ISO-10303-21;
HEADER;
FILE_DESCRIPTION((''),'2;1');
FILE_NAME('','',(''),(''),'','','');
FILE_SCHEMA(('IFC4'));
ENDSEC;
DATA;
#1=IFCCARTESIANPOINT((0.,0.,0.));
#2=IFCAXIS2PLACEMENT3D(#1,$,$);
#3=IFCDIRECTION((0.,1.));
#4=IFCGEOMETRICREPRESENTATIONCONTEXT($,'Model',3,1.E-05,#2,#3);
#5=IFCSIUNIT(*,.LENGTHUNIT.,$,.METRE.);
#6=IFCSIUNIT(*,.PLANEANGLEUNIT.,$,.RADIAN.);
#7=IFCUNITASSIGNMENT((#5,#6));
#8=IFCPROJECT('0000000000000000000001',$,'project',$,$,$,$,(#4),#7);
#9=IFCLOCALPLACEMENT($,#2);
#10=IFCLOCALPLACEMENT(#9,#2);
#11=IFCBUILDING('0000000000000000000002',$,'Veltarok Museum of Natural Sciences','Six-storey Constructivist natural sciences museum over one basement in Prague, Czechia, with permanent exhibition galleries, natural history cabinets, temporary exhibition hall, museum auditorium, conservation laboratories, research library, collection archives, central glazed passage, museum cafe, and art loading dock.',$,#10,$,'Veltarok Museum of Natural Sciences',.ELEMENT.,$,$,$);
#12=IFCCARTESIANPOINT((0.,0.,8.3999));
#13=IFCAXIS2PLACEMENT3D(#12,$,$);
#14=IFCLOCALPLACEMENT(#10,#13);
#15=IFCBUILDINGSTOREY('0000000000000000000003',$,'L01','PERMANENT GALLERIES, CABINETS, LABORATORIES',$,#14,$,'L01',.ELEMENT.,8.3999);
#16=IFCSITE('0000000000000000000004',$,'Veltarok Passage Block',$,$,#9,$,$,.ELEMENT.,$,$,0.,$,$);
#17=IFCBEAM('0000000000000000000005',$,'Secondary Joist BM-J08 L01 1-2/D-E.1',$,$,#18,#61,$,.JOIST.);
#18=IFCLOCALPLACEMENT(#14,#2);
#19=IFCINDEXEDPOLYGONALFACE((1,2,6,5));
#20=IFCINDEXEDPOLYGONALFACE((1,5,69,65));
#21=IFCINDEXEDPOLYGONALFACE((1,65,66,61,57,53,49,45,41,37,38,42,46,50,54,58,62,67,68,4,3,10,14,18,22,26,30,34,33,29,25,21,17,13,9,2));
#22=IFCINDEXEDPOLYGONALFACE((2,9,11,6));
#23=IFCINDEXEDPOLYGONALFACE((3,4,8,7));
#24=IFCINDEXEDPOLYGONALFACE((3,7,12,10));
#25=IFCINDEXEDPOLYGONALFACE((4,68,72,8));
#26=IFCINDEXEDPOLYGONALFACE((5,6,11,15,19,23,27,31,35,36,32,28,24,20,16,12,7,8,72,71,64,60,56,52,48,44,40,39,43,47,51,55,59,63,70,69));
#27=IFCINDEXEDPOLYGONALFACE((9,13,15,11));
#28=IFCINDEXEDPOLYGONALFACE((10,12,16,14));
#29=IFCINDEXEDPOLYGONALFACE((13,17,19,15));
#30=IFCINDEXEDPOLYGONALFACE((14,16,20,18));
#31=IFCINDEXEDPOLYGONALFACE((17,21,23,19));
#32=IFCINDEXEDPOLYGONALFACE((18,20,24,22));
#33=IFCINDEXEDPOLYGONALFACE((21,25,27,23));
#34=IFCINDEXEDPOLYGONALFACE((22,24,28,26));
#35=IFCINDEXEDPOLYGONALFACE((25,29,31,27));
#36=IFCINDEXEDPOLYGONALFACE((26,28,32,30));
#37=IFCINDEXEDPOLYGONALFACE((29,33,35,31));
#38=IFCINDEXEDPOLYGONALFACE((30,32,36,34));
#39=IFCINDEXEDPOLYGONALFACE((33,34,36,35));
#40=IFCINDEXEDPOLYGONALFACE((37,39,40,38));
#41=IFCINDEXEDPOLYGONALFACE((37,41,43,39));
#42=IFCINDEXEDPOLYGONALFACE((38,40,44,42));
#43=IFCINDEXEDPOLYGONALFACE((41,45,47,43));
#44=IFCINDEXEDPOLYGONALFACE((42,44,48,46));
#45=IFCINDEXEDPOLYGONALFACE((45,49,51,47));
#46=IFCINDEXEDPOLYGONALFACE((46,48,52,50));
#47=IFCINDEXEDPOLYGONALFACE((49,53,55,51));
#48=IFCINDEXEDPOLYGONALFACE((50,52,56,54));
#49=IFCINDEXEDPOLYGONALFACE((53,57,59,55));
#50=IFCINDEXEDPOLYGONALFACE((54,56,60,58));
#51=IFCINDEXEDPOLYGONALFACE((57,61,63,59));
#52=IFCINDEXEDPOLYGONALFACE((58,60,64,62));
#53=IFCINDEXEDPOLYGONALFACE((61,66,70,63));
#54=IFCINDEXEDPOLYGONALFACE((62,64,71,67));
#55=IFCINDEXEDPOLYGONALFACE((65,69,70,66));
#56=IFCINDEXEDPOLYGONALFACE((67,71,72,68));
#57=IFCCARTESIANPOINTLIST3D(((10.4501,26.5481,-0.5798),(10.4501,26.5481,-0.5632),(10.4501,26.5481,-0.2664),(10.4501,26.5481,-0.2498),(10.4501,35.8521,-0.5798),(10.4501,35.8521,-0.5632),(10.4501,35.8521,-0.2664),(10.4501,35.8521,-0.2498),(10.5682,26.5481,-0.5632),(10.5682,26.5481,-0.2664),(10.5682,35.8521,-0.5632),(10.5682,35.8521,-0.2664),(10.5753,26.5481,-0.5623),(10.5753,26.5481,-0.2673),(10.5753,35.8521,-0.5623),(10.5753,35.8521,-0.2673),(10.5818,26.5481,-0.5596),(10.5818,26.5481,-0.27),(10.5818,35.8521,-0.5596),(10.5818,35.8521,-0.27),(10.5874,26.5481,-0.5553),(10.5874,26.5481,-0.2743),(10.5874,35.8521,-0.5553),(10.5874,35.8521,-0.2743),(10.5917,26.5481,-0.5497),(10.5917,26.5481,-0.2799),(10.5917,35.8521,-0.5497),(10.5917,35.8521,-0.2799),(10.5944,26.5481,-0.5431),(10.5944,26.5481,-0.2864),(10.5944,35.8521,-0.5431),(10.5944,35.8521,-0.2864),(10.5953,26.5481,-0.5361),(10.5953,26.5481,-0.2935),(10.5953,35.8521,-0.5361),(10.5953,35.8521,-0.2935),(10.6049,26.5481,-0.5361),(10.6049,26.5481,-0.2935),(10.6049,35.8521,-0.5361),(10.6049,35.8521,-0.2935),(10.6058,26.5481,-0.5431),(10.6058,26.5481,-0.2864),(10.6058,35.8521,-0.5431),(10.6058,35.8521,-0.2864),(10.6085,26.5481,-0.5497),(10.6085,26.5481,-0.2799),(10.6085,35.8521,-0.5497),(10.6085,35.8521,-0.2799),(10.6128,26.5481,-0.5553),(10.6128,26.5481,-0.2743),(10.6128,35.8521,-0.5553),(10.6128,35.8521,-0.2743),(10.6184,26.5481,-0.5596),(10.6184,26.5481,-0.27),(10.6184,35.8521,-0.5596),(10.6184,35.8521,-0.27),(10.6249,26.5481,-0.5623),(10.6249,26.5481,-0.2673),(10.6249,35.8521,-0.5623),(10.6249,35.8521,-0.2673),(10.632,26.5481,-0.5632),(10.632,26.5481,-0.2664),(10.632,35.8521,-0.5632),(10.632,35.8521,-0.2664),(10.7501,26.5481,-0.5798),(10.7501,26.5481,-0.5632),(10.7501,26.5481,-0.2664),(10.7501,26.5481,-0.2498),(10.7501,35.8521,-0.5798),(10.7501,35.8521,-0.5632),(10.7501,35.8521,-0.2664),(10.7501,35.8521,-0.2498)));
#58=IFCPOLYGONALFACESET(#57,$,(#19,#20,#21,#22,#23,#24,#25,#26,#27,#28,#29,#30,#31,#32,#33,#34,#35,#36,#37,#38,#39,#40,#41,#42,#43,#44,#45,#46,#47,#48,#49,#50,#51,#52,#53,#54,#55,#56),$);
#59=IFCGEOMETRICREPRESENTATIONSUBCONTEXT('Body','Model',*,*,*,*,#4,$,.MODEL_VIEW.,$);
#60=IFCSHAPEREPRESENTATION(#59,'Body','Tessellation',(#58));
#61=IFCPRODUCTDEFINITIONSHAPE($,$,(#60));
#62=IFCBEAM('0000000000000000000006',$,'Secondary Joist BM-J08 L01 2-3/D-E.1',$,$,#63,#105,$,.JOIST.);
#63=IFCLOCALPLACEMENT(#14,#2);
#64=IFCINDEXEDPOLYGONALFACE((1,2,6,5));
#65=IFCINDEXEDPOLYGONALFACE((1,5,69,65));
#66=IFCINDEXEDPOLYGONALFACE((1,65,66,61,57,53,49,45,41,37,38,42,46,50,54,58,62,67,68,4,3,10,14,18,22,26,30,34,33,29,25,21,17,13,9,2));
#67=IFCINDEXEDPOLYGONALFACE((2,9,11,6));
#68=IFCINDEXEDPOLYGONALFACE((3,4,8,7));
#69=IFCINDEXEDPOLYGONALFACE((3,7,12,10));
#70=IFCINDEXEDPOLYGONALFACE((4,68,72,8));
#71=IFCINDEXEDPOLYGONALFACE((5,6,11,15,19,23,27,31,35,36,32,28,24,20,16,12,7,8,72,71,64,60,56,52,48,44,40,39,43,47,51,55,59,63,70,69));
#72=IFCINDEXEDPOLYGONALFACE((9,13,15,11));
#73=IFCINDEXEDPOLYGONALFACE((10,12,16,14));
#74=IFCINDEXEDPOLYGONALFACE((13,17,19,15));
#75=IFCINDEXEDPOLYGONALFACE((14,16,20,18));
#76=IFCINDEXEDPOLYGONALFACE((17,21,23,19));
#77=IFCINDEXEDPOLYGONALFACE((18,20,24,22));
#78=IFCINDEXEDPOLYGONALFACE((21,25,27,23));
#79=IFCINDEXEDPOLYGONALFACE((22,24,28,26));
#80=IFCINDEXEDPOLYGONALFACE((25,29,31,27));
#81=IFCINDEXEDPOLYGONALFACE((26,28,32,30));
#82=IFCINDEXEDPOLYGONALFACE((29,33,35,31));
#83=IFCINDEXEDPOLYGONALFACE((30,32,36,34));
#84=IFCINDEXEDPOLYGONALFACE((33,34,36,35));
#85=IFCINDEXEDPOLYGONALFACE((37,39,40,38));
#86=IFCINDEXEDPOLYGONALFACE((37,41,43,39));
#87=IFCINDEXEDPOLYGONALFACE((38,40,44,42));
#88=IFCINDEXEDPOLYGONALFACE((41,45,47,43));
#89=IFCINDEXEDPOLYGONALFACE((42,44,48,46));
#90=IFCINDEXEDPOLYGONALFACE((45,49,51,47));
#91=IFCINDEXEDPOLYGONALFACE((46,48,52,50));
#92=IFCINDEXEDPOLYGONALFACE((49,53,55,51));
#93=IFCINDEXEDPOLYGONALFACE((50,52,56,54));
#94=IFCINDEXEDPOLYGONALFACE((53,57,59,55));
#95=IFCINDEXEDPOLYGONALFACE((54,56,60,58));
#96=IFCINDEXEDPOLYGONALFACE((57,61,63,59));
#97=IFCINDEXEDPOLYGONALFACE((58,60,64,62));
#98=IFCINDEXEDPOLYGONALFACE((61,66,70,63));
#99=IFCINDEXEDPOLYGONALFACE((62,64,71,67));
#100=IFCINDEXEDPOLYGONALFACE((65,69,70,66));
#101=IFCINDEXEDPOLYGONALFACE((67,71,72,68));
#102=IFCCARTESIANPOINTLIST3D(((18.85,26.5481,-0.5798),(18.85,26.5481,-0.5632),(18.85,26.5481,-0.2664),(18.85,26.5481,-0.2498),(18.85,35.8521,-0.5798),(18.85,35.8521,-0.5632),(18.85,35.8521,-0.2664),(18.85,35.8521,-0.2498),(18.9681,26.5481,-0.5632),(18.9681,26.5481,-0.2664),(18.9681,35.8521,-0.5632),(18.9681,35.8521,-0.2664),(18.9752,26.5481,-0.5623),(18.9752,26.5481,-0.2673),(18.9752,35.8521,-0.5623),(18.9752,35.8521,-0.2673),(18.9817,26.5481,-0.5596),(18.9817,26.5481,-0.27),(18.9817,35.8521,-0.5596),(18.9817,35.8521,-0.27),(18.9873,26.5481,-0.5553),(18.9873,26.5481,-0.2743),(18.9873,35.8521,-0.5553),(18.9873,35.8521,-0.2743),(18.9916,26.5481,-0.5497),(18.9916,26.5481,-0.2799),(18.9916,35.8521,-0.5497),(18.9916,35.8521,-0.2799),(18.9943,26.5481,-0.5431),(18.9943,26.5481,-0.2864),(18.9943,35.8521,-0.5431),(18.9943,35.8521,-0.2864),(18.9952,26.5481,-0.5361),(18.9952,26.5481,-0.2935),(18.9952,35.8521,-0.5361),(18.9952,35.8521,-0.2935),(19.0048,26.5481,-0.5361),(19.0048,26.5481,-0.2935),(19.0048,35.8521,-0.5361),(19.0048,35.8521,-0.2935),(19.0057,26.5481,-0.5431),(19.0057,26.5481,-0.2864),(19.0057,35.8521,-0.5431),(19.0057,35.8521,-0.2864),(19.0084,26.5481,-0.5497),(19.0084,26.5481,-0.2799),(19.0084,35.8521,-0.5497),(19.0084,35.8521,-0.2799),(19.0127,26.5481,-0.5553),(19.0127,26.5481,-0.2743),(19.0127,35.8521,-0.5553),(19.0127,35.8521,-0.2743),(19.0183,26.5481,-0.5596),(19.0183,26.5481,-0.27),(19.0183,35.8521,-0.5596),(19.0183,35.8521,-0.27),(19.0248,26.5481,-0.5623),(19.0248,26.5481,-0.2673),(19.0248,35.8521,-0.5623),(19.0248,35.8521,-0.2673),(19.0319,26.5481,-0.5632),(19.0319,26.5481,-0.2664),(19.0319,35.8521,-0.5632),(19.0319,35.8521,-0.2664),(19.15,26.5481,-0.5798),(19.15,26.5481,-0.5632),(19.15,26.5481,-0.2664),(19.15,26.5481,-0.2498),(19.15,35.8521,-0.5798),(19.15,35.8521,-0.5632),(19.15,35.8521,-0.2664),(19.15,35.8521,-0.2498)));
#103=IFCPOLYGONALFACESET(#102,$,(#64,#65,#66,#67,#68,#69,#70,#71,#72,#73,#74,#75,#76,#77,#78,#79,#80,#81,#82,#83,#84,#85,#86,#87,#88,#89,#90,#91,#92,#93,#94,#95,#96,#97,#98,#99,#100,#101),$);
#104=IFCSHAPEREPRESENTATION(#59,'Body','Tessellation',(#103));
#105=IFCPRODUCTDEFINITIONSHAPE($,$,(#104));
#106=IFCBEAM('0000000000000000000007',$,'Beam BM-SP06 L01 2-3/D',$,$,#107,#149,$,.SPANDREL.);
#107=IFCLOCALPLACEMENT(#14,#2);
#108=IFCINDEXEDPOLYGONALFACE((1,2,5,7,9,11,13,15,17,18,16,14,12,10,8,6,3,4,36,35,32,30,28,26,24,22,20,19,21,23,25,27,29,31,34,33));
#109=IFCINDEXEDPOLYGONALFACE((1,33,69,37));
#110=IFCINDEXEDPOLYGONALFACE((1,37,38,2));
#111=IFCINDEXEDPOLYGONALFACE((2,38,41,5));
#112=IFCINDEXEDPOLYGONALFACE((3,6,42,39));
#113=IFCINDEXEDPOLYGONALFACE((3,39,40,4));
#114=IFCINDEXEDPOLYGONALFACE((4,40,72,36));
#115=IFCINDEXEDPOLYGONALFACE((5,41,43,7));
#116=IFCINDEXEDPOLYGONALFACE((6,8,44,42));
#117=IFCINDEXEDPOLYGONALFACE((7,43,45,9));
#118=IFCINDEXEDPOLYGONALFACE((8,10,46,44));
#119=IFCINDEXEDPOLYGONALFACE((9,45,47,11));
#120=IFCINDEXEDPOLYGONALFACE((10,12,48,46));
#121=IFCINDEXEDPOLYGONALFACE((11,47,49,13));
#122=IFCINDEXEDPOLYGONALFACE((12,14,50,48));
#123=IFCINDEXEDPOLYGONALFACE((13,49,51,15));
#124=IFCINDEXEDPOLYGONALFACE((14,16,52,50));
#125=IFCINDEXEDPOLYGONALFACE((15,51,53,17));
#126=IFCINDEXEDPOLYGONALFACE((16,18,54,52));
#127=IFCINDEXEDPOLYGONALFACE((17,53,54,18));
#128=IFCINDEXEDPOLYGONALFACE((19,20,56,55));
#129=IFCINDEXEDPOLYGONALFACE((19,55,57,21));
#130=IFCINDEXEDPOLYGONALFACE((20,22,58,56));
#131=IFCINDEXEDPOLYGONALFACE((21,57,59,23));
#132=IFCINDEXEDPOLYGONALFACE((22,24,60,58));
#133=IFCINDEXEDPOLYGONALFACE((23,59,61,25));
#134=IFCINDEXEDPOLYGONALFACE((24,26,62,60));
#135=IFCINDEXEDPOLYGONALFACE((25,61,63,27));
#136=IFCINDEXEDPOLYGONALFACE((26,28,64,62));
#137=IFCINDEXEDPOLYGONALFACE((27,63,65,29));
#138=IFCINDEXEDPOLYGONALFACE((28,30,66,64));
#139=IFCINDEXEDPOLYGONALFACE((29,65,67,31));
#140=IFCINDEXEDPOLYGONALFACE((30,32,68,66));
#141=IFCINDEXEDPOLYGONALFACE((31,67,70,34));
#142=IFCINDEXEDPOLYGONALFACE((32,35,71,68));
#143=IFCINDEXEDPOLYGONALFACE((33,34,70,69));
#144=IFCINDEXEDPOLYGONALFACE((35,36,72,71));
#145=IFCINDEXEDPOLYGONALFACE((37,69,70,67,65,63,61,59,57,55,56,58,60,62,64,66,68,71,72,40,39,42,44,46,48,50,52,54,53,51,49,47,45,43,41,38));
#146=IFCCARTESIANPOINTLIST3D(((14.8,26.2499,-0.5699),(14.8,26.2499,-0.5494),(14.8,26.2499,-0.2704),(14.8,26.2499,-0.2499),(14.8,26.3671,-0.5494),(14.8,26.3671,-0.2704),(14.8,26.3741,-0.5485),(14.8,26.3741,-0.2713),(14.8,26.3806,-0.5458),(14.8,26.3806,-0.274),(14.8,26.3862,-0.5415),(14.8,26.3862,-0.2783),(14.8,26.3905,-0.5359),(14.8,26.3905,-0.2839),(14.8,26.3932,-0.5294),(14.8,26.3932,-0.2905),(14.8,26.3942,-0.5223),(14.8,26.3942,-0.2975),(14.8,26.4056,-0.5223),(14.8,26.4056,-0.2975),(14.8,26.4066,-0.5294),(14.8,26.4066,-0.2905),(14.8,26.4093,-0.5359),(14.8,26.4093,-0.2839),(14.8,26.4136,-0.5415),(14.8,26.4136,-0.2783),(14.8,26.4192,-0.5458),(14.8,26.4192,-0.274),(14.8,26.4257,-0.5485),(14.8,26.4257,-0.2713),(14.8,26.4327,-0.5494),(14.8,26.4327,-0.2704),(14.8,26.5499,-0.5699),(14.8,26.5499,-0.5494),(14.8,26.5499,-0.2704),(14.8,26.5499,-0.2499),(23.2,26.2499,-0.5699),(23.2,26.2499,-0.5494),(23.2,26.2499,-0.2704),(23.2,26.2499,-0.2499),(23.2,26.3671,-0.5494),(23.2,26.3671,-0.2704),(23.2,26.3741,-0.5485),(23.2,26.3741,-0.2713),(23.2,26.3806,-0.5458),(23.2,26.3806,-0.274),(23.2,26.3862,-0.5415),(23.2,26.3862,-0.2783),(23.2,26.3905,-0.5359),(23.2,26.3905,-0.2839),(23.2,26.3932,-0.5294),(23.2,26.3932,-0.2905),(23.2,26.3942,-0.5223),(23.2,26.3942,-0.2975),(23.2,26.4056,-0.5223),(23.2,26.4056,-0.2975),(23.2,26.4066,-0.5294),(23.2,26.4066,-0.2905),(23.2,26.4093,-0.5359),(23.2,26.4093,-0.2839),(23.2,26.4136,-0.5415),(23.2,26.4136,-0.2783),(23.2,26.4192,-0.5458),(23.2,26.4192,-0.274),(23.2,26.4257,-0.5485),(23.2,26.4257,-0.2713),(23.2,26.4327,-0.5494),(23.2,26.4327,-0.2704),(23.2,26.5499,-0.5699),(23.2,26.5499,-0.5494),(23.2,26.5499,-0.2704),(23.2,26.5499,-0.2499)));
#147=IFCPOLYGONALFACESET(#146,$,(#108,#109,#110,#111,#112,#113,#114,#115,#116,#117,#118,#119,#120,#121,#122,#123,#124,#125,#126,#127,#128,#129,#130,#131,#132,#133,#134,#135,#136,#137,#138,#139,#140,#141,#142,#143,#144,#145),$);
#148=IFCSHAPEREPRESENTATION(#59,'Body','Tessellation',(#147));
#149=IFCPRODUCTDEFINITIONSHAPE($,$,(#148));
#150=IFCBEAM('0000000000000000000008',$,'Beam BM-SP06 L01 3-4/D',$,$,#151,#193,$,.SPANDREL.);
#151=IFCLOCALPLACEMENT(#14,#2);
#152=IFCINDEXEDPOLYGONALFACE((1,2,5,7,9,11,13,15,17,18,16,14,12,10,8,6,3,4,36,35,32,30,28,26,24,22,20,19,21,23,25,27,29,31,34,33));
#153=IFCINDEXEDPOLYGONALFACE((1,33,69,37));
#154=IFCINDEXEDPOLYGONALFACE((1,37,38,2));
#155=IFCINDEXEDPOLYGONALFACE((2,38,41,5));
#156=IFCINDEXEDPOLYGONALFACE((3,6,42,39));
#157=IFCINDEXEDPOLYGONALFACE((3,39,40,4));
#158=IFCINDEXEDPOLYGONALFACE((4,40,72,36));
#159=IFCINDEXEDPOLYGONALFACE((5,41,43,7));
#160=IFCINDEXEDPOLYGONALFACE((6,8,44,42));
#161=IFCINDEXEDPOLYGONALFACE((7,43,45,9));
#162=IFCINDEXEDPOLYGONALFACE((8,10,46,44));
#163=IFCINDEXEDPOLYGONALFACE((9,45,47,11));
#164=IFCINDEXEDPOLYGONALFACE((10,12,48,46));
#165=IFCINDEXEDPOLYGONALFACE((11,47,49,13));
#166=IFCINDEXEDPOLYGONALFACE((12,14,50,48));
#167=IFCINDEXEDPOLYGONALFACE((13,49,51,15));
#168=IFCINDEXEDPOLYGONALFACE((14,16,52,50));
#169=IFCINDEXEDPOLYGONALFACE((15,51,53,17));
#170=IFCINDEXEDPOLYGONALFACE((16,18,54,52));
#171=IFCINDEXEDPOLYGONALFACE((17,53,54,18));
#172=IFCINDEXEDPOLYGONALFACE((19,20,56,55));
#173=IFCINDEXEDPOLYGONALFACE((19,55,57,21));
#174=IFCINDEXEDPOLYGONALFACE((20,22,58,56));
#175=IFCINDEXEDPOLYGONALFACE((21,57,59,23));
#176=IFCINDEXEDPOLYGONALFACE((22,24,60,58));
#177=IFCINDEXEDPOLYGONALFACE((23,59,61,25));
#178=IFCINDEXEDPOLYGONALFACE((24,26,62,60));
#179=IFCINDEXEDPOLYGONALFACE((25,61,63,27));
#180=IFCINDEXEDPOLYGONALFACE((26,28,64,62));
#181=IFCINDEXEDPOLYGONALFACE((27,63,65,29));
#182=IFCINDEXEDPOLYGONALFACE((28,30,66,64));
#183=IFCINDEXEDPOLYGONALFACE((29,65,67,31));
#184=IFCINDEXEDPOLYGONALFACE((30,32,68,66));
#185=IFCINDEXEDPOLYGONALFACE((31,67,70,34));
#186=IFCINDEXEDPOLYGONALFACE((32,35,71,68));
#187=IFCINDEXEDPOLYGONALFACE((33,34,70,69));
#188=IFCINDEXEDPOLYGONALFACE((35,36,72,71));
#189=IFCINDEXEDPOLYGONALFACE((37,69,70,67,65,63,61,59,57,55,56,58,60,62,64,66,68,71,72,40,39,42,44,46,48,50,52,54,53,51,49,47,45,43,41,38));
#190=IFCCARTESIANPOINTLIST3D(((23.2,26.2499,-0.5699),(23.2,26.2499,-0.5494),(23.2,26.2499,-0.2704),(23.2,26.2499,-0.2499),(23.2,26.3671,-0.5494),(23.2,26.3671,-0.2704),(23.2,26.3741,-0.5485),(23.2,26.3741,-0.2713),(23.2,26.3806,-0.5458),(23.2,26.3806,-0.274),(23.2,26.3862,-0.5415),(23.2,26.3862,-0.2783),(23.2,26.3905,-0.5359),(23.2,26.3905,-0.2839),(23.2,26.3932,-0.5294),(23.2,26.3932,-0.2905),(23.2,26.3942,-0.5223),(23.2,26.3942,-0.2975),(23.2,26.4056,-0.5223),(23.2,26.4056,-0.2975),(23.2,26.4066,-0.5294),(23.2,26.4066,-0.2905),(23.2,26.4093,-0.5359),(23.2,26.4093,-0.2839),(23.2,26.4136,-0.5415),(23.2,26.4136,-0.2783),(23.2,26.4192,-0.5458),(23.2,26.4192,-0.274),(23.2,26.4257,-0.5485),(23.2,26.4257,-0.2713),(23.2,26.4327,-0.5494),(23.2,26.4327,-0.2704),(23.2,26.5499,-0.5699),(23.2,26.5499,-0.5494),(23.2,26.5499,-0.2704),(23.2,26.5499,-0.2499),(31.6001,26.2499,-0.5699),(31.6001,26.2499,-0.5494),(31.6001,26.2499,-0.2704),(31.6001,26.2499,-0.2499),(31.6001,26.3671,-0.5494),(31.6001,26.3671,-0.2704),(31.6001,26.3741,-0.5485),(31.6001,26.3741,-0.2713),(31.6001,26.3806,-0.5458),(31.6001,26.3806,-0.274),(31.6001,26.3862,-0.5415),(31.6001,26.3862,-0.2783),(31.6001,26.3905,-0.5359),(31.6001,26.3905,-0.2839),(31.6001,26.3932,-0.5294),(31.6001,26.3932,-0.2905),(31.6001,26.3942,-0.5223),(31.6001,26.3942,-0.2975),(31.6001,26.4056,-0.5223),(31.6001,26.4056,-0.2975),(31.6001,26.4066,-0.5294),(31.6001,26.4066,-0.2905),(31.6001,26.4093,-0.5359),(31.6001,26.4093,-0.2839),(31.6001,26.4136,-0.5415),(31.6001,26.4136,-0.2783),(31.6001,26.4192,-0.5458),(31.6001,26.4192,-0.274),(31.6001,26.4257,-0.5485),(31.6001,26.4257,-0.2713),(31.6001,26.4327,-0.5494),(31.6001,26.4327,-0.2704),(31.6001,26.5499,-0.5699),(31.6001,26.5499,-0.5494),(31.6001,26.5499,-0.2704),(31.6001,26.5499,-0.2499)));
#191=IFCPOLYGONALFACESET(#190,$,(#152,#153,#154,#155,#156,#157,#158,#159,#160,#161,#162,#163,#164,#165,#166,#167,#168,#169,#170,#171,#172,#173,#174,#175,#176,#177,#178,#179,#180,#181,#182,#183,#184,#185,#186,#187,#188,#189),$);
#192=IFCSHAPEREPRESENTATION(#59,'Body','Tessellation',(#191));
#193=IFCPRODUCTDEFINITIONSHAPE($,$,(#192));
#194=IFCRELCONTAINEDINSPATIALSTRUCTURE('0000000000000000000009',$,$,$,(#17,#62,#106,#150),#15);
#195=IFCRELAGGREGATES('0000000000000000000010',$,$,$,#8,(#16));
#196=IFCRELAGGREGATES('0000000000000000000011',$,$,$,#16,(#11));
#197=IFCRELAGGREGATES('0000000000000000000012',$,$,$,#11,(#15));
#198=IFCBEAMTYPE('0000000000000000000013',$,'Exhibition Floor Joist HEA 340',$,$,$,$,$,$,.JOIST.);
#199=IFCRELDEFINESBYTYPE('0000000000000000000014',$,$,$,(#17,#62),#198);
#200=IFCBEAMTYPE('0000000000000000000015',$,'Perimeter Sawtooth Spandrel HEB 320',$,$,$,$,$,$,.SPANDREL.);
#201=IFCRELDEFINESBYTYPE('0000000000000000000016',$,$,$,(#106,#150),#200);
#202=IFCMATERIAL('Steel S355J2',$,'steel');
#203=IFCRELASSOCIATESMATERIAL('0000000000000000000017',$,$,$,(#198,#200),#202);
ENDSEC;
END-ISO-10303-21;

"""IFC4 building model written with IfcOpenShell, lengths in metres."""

from ifc_helpers import new_model, si_unit, direction, frame, origin, origin_2d, place, context, subcontext, project, spatial, i_section, extrude, material, material_profile, profile_set, type_object, element, save


model = new_model("IFC4")

# Units and contexts
model_context = context("Model", 3, precision=1e-05, world=origin(), true_north=direction((0.0, 1.0)))
body_context = subcontext(model_context, "Body", "Model", "MODEL_VIEW")
ifc_project = project(units=[si_unit("LENGTHUNIT", "METRE"), si_unit("PLANEANGLEUNIT", "RADIAN")], contexts=[model_context])

# Site, building, storey
site_placement = place(None, origin())
site = spatial("IfcSite", under=ifc_project, at=site_placement, Name="Veltarok Passage Block", CompositionType="ELEMENT", RefElevation=0.0)
building_placement = place(site_placement, origin())
building = spatial("IfcBuilding", under=site, at=building_placement, Name="Veltarok Museum of Natural Sciences", Description="Six-storey Constructivist natural sciences museum over one basement in Prague, Czechia, with permanent exhibition galleries, natural history cabinets, temporary exhibition hall, museum auditorium, conservation laboratories, research library, collection archives, central glazed passage, museum cafe, and art loading dock.", LongName="Veltarok Museum of Natural Sciences", CompositionType="ELEMENT")
storey_placement = place(building_placement, frame((0.0, 0.0, 8.3999)))
storey = spatial("IfcBuildingStorey", under=building, at=storey_placement, Name="L01", Description="PERMANENT GALLERIES, CABINETS, LABORATORIES", LongName="L01", CompositionType="ELEMENT", Elevation=8.3999)

# Shared definitions
ifc_material_1 = material(Name="Steel S355J2", Category="steel")

# Beams
ifc_material_profile_1 = material_profile(ifc_material_1, i_section(OverallWidth=0.3, OverallDepth=0.3301, WebThickness=0.0095, FlangeThickness=0.0166, FilletRadius=0.0271, at=origin_2d()), Name="HEA 340")
ifc_profile_set_1 = profile_set([ifc_material_profile_1], Name="Steel S355J2")
beam_type_1 = type_object("IfcBeamType", Name="Exhibition Floor Joist HEA 340", PredefinedType="JOIST", material=ifc_profile_set_1)
for number, where, z_axis, x_axis, name in (
    (1, (10.6001, 26.5481, -0.4148), (0.0, 1.0, 0.0), (-1.0, 0.0, 0.0), "Secondary Joist BM-J08 L01 1-2/D-E.1"),
    (2, (19.0, 26.5481, -0.4148), (0.0, 1.0, 0.0), (-1.0, 0.0, 0.0), "Secondary Joist BM-J08 L01 2-3/D-E.1"),
):
    element("IfcBeam", number, at=place(storey_placement, frame(where, z_axis=z_axis, x_axis=x_axis)), inside=storey, type_object=beam_type_1, Name=name, PredefinedType="JOIST", context=body_context, shape_type="SweptSolid", body=[
        extrude(i_section(OverallWidth=0.3, OverallDepth=0.3301, WebThickness=0.0095, FlangeThickness=0.0166, FilletRadius=0.0271, at=origin_2d()), origin(), (0.0, 0.0, 1.0), 9.304),
    ])
ifc_material_profile_2 = material_profile(ifc_material_1, i_section(OverallWidth=0.3, OverallDepth=0.3201, WebThickness=0.0115, FlangeThickness=0.0205, FilletRadius=0.0271, at=origin_2d()), Name="HEB 320")
ifc_profile_set_2 = profile_set([ifc_material_profile_2], Name="Steel S355J2")
beam_type_2 = type_object("IfcBeamType", Name="Perimeter Sawtooth Spandrel HEB 320", PredefinedType="SPANDREL", material=ifc_profile_set_2)
beam_1_placement = place(storey_placement, frame((14.8, 26.3999, -0.4099), z_axis=(1.0, 0.0, 0.0), x_axis=(0.0, 1.0, 0.0)))
element("IfcBeam", 3, at=beam_1_placement, inside=storey, type_object=beam_type_2, Name="Beam BM-SP06 L01 2-3/D", PredefinedType="SPANDREL", context=body_context, shape_type="SweptSolid", body=[
    extrude(i_section(OverallWidth=0.3, OverallDepth=0.3201, WebThickness=0.0115, FlangeThickness=0.0205, FilletRadius=0.0271, at=origin_2d()), origin(), (0.0, 0.0, 1.0), 8.3999),
])
for number, where, z_axis, x_axis, name in (
    (4, (23.2, 26.3999, -0.4099), (1.0, 0.0, 0.0), (0.0, 1.0, 0.0), "Beam BM-SP06 L01 3-4/D"),
):
    element("IfcBeam", number, at=place(storey_placement, frame(where, z_axis=z_axis, x_axis=x_axis)), inside=storey, type_object=beam_type_2, Name=name, PredefinedType="SPANDREL", context=body_context, shape_type="SweptSolid", body=[
        extrude(i_section(OverallWidth=0.3, OverallDepth=0.3201, WebThickness=0.0115, FlangeThickness=0.0205, FilletRadius=0.0271, at=origin_2d()), origin(), (0.0, 0.0, 1.0), 8.4001),
    ])

save(model, "model.ifc")
